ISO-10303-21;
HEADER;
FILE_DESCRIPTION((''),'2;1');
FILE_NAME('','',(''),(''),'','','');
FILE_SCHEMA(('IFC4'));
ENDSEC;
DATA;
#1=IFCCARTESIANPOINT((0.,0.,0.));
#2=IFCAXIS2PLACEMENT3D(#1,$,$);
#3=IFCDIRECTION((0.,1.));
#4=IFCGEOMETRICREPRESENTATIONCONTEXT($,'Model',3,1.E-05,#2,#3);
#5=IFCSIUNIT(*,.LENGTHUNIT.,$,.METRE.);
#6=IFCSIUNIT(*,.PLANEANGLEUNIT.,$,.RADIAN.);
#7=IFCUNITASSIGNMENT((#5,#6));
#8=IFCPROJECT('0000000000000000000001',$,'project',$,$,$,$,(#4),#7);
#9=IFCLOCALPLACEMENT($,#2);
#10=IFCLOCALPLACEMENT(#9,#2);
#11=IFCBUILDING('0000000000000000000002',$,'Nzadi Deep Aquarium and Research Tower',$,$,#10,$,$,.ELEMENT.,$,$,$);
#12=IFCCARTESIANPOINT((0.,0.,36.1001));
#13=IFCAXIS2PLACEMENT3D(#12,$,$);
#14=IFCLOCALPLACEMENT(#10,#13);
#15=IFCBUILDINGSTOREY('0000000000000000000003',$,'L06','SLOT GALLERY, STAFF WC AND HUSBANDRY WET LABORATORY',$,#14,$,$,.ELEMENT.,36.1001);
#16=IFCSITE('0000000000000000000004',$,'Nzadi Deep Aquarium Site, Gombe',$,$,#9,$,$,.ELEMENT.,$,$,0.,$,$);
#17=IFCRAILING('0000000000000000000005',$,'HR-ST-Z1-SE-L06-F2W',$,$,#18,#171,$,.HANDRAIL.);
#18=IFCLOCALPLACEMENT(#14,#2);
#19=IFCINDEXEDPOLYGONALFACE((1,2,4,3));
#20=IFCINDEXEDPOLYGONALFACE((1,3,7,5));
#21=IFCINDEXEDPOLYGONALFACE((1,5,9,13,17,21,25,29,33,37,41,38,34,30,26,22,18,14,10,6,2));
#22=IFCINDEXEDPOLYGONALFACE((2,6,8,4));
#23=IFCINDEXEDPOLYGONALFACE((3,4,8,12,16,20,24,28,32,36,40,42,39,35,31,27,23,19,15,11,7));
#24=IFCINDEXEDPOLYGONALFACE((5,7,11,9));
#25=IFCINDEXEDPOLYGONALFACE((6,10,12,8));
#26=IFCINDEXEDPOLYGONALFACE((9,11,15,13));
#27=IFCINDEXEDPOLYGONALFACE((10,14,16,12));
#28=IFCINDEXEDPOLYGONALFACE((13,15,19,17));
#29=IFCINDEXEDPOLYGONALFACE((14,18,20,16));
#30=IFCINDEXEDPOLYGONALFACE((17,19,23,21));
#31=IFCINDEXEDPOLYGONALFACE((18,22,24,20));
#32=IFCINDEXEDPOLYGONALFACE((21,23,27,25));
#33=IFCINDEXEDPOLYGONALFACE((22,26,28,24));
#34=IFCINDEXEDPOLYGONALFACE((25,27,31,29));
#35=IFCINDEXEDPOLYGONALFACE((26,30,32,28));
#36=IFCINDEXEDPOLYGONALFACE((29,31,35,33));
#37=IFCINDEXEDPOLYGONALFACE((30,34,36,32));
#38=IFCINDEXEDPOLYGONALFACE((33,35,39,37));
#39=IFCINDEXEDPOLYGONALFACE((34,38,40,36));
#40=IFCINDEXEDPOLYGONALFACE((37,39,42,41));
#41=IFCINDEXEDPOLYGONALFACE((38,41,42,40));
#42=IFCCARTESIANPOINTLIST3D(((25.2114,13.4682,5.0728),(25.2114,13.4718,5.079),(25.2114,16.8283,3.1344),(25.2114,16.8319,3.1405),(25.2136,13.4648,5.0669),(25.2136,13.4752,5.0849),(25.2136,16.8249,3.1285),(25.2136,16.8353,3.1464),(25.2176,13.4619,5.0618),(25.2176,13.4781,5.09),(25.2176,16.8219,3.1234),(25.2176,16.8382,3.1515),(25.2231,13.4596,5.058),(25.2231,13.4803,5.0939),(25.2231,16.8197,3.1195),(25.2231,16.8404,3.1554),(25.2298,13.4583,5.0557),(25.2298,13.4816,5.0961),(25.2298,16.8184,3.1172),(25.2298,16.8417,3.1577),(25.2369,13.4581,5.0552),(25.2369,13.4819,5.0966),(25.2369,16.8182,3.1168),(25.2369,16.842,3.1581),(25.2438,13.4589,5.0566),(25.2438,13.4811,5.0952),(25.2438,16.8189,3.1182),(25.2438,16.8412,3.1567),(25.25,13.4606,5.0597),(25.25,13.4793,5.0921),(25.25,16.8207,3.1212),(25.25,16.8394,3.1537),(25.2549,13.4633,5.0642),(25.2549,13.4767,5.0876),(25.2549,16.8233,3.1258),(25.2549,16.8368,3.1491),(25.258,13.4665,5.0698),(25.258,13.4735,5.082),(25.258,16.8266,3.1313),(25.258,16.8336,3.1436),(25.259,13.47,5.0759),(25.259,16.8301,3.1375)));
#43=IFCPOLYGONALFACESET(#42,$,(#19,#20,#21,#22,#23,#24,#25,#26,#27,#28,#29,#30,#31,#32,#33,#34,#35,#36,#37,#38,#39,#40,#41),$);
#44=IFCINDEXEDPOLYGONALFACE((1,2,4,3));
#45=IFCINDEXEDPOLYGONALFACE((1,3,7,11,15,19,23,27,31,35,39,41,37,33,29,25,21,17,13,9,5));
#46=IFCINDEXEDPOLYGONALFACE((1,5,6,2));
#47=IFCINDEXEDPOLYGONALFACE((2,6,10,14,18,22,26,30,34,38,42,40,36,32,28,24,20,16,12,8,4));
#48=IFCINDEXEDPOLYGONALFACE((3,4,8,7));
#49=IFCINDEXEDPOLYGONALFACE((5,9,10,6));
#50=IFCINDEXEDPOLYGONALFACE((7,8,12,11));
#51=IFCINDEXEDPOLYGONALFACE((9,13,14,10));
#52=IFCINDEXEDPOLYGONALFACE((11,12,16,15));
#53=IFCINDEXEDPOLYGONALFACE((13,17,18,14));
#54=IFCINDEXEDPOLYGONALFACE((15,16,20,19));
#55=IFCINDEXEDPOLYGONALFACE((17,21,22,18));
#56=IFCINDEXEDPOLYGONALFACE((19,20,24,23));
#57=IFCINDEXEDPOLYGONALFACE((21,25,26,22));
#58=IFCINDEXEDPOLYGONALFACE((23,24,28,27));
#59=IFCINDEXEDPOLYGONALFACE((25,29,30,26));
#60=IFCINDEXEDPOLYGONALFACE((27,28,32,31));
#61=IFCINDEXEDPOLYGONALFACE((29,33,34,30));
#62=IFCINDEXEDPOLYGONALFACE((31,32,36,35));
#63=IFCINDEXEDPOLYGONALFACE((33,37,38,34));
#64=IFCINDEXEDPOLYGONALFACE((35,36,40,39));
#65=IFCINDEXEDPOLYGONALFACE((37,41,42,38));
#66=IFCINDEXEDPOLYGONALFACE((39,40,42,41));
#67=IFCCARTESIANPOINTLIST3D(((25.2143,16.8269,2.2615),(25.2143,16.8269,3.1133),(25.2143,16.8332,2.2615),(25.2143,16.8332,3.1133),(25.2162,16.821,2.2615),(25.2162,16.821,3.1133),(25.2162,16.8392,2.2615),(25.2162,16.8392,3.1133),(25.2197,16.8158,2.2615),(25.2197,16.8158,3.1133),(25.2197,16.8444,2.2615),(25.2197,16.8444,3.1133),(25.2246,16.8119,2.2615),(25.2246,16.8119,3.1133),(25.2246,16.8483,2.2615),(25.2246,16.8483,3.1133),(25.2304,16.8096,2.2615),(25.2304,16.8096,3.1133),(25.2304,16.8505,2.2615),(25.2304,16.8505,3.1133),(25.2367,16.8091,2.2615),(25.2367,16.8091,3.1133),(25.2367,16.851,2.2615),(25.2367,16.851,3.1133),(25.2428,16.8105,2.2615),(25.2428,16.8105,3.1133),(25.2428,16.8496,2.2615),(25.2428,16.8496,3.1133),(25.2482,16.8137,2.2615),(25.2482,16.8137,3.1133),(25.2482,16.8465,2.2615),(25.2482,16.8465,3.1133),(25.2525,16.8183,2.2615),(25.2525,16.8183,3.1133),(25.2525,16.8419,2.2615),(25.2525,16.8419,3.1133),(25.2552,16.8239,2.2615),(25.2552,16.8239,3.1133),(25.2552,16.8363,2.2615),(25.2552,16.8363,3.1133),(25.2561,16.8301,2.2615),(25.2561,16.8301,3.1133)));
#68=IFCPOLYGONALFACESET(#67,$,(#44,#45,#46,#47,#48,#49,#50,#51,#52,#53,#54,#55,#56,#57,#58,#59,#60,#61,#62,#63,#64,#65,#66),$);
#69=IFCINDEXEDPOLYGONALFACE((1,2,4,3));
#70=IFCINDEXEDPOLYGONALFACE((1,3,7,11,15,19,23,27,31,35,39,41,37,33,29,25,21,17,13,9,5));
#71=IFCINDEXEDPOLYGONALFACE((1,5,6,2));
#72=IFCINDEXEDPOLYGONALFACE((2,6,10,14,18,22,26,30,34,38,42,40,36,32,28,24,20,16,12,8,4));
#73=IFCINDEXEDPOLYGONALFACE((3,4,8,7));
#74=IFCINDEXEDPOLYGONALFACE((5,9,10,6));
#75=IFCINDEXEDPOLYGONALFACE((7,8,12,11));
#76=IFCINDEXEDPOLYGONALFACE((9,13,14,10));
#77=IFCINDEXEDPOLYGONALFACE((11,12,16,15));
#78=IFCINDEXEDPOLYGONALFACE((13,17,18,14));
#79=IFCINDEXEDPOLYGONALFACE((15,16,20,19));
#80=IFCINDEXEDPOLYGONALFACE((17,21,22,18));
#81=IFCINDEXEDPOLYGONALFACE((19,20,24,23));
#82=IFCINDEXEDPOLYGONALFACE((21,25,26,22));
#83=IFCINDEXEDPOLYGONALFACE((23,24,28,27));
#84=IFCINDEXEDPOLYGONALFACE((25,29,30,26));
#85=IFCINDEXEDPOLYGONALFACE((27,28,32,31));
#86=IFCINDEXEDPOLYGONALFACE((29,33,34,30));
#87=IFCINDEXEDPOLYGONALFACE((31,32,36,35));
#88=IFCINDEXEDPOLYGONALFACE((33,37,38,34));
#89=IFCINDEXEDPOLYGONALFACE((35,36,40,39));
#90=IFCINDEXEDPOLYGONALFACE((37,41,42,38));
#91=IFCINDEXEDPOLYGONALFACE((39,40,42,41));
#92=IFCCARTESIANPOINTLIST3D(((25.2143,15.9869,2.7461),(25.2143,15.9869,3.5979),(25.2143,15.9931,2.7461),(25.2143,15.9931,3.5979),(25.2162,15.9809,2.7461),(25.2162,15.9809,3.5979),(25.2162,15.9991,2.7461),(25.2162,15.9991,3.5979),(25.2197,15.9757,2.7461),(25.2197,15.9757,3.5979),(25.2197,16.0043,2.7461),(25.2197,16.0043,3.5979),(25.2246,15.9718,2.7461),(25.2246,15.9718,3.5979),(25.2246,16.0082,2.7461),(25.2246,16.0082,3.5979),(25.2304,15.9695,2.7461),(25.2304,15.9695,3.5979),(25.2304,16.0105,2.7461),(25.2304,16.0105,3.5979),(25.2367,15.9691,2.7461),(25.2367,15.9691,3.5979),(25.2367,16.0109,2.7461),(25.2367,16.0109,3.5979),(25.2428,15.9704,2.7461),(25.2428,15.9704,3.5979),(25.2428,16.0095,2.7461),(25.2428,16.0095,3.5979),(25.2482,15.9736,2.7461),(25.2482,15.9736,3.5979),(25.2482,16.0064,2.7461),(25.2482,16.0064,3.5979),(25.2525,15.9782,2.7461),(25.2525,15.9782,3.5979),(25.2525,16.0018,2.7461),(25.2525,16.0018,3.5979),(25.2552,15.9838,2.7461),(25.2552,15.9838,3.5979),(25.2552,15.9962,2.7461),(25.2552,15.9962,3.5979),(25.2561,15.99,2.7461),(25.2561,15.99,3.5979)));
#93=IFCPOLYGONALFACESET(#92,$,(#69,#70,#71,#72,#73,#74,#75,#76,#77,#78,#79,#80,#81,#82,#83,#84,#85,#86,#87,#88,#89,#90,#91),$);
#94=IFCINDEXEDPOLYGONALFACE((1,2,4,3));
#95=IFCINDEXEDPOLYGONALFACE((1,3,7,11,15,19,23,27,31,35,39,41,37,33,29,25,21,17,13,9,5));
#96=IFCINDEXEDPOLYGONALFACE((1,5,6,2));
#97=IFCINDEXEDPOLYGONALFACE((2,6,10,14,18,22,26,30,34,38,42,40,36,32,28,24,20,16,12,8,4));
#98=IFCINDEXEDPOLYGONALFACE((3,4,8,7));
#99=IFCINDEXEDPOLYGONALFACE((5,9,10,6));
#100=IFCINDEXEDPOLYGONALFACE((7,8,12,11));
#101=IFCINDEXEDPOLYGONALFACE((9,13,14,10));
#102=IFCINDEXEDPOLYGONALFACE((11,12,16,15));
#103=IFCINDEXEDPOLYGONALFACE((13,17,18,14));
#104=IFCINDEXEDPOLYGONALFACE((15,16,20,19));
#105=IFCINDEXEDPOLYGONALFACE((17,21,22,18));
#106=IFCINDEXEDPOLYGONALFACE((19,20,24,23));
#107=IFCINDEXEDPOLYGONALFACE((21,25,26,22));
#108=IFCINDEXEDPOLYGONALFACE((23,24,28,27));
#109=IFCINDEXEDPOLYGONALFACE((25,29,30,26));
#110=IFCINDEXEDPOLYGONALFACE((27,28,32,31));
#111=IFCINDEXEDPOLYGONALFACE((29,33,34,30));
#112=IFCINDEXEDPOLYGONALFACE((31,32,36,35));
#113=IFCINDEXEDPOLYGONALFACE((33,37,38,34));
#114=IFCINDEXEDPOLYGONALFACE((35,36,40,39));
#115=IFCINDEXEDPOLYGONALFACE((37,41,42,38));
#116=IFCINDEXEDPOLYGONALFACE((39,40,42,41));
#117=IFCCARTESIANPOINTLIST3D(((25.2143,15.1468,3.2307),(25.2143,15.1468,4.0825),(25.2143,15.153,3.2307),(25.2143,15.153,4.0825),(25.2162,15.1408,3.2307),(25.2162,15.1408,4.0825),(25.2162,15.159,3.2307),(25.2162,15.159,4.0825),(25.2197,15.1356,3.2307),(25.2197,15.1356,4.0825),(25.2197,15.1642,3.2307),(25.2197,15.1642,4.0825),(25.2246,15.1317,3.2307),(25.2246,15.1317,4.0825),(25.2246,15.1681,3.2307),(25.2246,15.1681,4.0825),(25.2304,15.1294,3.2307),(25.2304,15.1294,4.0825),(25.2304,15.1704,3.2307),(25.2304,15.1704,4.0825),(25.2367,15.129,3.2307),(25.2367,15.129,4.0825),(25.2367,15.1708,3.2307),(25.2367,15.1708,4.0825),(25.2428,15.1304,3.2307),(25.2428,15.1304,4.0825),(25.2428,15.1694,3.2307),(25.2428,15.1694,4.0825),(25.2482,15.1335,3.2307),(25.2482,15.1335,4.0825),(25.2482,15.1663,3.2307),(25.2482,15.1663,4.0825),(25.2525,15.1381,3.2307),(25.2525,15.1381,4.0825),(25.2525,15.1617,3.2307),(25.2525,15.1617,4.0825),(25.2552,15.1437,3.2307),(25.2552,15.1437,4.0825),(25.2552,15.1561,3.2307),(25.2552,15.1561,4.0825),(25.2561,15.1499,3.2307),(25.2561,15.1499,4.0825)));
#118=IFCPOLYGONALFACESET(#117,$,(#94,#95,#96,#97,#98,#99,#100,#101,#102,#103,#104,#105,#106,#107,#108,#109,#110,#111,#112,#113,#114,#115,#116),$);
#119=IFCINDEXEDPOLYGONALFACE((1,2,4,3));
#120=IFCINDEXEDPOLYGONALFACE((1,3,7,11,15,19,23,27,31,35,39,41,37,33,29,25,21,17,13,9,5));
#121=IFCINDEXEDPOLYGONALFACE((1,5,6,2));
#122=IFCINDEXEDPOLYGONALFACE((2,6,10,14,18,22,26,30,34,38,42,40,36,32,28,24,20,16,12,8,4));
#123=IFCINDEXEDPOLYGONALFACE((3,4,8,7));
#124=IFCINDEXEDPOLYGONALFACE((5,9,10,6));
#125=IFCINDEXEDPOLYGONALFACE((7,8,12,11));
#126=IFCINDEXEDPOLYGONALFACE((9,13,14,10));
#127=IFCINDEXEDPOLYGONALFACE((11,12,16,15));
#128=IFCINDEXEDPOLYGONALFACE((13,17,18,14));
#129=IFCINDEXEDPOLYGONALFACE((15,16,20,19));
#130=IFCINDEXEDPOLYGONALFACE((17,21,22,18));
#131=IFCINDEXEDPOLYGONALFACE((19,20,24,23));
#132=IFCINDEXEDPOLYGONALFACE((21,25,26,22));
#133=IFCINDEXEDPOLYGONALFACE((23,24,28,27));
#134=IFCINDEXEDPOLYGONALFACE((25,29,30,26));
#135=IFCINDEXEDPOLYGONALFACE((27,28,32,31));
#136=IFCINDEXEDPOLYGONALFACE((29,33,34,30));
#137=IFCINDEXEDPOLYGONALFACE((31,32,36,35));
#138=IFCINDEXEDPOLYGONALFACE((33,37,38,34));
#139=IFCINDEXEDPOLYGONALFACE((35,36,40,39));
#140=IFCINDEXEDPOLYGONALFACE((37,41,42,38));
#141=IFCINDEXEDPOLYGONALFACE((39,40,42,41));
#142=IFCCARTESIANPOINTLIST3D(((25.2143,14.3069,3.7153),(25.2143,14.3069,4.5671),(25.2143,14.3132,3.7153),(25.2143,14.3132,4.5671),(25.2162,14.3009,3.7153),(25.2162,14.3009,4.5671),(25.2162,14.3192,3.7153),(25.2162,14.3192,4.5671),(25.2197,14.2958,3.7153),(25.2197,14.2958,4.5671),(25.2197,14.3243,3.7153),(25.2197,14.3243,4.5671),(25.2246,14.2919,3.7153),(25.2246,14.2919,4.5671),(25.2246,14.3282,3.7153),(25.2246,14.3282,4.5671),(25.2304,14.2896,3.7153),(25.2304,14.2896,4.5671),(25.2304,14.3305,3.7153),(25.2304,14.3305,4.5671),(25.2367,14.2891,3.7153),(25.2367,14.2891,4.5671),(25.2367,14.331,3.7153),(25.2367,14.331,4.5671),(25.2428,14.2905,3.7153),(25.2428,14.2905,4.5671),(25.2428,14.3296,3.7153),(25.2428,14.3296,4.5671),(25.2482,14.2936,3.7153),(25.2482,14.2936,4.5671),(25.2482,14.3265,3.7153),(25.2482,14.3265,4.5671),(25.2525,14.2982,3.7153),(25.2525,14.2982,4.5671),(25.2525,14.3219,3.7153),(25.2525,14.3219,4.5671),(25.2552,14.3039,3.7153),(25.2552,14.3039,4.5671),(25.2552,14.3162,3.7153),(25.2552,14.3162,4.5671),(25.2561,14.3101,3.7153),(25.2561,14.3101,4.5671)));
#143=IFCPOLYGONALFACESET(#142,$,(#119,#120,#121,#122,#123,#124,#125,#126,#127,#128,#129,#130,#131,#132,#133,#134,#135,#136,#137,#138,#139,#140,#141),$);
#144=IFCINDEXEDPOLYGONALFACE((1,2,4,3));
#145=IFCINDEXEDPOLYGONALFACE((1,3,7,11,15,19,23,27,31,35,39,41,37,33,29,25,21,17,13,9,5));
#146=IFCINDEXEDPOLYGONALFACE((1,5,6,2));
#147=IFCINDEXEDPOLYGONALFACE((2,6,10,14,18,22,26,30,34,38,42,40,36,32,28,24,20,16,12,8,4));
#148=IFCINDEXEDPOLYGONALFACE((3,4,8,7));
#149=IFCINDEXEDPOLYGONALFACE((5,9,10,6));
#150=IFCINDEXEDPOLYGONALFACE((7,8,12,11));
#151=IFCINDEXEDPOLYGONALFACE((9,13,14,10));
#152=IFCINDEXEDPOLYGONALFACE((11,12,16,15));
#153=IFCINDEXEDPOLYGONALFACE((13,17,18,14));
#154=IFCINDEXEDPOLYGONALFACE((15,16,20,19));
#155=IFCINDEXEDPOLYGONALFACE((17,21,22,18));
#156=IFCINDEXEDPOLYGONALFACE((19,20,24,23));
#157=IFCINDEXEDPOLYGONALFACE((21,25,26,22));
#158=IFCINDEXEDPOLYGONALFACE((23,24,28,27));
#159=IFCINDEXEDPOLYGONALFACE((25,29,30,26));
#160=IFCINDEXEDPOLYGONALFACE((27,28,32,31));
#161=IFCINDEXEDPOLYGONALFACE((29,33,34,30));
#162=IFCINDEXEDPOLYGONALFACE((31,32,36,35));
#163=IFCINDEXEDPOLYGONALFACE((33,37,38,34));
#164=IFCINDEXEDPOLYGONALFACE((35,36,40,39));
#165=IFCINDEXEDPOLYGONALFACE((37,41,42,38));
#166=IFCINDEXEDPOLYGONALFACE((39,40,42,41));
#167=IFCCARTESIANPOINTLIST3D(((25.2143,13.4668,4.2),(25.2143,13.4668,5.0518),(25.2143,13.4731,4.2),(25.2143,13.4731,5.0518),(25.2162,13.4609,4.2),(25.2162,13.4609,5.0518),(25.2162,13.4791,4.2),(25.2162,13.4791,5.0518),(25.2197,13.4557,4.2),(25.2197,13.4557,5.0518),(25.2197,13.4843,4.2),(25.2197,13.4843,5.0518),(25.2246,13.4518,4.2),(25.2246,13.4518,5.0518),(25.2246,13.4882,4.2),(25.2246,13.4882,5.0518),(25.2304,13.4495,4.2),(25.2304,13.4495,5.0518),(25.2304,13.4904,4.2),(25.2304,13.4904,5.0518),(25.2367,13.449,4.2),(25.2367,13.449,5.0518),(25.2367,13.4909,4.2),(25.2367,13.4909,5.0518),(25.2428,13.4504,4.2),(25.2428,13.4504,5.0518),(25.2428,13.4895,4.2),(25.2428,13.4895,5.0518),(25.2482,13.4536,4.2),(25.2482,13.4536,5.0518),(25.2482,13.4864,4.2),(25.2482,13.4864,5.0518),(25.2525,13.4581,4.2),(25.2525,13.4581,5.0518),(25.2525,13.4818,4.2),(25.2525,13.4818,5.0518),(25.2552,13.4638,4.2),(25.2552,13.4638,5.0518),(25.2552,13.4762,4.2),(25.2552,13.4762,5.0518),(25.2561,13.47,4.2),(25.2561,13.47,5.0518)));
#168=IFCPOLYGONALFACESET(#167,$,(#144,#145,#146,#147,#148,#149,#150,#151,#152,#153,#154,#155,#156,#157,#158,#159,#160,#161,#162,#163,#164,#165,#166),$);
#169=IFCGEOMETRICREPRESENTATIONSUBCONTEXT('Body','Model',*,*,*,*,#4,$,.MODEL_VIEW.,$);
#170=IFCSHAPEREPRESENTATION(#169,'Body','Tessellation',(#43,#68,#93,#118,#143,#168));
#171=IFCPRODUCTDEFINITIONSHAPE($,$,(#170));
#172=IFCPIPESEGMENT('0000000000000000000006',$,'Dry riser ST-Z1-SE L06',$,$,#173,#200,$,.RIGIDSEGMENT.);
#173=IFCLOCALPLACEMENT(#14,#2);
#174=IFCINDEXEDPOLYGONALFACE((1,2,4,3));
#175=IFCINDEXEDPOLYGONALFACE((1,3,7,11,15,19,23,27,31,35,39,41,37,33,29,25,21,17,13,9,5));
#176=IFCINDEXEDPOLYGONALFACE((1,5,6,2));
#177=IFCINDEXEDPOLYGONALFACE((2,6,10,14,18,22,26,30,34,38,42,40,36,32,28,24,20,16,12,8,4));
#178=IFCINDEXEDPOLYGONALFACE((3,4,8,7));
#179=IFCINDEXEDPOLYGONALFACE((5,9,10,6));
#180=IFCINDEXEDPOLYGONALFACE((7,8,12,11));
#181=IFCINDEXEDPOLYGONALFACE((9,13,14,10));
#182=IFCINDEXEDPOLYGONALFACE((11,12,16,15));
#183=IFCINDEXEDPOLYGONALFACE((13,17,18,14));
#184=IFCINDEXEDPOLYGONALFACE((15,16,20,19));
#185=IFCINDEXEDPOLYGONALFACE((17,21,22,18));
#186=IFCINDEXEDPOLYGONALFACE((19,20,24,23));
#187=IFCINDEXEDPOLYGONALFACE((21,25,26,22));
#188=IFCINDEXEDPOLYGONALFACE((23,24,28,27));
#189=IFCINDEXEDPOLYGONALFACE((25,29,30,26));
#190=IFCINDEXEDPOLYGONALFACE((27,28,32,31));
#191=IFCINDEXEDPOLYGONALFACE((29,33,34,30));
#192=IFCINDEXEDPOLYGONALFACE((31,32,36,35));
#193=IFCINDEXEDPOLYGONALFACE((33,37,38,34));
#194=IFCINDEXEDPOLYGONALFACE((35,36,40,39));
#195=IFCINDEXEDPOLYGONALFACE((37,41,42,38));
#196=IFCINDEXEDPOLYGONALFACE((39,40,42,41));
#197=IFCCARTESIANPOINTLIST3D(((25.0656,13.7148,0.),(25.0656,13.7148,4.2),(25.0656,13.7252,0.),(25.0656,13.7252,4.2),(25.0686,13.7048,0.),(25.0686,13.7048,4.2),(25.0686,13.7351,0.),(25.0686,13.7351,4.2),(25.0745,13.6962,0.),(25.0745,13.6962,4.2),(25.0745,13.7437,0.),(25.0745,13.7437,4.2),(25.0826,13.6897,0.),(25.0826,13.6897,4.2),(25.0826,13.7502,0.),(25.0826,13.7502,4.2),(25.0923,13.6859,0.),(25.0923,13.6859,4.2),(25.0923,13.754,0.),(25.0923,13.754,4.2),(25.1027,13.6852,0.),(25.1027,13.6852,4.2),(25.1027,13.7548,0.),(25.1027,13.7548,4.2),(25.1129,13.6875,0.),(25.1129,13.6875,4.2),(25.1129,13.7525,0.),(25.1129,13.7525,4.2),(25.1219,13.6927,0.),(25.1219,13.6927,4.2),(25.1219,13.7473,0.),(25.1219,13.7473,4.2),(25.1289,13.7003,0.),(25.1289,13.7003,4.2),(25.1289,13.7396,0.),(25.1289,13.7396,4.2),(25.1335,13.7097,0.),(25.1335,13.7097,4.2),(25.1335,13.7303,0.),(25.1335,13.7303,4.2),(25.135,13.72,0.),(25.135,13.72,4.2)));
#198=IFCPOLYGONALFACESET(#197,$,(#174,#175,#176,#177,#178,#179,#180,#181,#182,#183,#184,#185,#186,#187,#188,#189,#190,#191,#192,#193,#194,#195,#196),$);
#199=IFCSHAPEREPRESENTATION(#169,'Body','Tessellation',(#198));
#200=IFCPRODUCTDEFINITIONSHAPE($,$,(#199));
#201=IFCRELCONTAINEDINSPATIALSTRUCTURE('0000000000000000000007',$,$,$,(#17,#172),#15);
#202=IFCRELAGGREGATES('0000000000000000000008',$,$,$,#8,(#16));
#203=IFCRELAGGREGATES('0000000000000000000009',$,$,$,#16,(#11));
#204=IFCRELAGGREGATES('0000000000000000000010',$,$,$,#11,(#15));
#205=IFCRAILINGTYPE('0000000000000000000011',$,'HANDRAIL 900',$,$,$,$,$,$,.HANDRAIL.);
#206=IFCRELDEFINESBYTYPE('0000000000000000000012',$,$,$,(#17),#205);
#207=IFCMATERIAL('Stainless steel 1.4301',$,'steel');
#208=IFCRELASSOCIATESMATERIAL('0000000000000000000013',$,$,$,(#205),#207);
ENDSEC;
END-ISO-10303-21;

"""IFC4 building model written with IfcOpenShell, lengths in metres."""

from ifc_helpers import new_model, si_unit, direction, frame, origin, origin_2d, place, context, subcontext, project, spatial, circle, extrude, material, type_object, element, save


model = new_model("IFC4")

# Units and contexts
model_context = context("Model", 3, precision=1e-05, world=origin(), true_north=direction((0.0, 1.0)))
body_context = subcontext(model_context, "Body", "Model", "MODEL_VIEW")
ifc_project = project(units=[si_unit("LENGTHUNIT", "METRE"), si_unit("PLANEANGLEUNIT", "RADIAN")], contexts=[model_context])

# Site, building, storey
site_placement = place(None, origin())
site = spatial("IfcSite", under=ifc_project, at=site_placement, Name="Nzadi Deep Aquarium Site, Gombe", CompositionType="ELEMENT", RefElevation=0.0)
building_placement = place(site_placement, origin())
building = spatial("IfcBuilding", under=site, at=building_placement, Name="Nzadi Deep Aquarium and Research Tower", CompositionType="ELEMENT")
storey_placement = place(building_placement, frame((0.0, 0.0, 36.1001)))
storey = spatial("IfcBuildingStorey", under=building, at=storey_placement, Name="L06", Description="SLOT GALLERY, STAFF WC AND HUSBANDRY WET LABORATORY", CompositionType="ELEMENT", Elevation=36.1001)

# Railing
ifc_material_1 = material(Name="Stainless steel 1.4301", Category="steel")
railing_type = type_object("IfcRailingType", Name="HANDRAIL 900", PredefinedType="HANDRAIL", material=ifc_material_1)
for number, where, name in (
    (1, (25.2351, 16.8301, 2.2615), "HR-ST-Z1-SE-L06-F2W"),
):
    element("IfcRailing", number, at=place(storey_placement, frame(where)), inside=storey, type_object=railing_type, Name=name, PredefinedType="HANDRAIL", context=body_context, shape_type="SweptSolid", body=[
        extrude(circle(Radius=0.0239, at=origin_2d()), frame((0.0, 0.0, 0.876), z_axis=(0.0, -0.866191, 0.499713), x_axis=(1.0, 0.0, 0.0)), (0.0, 0.0, 1.0), 3.8792),
        extrude(circle(Radius=0.021, at=origin_2d()), origin(), (0.0, 0.0, 1.0), 0.8518),
        extrude(circle(Radius=0.021, at=origin_2d()), frame((0.0, -0.8401, 0.4846)), (0.0, 0.0, 1.0), 0.8518),
        extrude(circle(Radius=0.021, at=origin_2d()), frame((0.0, -1.6802, 0.9692)), (0.0, 0.0, 1.0), 0.8518),
        extrude(circle(Radius=0.021, at=origin_2d()), frame((0.0, -2.52, 1.4539)), (0.0, 0.0, 1.0), 0.8518),
        extrude(circle(Radius=0.021, at=origin_2d()), frame((0.0, -3.3601, 1.9385)), (0.0, 0.0, 1.0), 0.8518),
    ])

# Pipe segment
pipe_segment_placement = place(storey_placement, frame((25.1001, 13.72, 0.0), z_axis=(0.0, 0.0, 1.0), x_axis=(1.0, 0.0, 0.0)))
element("IfcPipeSegment", 2, at=pipe_segment_placement, inside=storey, Name="Dry riser ST-Z1-SE L06", PredefinedType="RIGIDSEGMENT", context=body_context, shape_type="SweptSolid", body=[
    extrude(circle(Radius=0.0349, at=origin_2d()), origin(), (0.0, 0.0, 1.0), 4.2),
])

save(model, "model.ifc")
